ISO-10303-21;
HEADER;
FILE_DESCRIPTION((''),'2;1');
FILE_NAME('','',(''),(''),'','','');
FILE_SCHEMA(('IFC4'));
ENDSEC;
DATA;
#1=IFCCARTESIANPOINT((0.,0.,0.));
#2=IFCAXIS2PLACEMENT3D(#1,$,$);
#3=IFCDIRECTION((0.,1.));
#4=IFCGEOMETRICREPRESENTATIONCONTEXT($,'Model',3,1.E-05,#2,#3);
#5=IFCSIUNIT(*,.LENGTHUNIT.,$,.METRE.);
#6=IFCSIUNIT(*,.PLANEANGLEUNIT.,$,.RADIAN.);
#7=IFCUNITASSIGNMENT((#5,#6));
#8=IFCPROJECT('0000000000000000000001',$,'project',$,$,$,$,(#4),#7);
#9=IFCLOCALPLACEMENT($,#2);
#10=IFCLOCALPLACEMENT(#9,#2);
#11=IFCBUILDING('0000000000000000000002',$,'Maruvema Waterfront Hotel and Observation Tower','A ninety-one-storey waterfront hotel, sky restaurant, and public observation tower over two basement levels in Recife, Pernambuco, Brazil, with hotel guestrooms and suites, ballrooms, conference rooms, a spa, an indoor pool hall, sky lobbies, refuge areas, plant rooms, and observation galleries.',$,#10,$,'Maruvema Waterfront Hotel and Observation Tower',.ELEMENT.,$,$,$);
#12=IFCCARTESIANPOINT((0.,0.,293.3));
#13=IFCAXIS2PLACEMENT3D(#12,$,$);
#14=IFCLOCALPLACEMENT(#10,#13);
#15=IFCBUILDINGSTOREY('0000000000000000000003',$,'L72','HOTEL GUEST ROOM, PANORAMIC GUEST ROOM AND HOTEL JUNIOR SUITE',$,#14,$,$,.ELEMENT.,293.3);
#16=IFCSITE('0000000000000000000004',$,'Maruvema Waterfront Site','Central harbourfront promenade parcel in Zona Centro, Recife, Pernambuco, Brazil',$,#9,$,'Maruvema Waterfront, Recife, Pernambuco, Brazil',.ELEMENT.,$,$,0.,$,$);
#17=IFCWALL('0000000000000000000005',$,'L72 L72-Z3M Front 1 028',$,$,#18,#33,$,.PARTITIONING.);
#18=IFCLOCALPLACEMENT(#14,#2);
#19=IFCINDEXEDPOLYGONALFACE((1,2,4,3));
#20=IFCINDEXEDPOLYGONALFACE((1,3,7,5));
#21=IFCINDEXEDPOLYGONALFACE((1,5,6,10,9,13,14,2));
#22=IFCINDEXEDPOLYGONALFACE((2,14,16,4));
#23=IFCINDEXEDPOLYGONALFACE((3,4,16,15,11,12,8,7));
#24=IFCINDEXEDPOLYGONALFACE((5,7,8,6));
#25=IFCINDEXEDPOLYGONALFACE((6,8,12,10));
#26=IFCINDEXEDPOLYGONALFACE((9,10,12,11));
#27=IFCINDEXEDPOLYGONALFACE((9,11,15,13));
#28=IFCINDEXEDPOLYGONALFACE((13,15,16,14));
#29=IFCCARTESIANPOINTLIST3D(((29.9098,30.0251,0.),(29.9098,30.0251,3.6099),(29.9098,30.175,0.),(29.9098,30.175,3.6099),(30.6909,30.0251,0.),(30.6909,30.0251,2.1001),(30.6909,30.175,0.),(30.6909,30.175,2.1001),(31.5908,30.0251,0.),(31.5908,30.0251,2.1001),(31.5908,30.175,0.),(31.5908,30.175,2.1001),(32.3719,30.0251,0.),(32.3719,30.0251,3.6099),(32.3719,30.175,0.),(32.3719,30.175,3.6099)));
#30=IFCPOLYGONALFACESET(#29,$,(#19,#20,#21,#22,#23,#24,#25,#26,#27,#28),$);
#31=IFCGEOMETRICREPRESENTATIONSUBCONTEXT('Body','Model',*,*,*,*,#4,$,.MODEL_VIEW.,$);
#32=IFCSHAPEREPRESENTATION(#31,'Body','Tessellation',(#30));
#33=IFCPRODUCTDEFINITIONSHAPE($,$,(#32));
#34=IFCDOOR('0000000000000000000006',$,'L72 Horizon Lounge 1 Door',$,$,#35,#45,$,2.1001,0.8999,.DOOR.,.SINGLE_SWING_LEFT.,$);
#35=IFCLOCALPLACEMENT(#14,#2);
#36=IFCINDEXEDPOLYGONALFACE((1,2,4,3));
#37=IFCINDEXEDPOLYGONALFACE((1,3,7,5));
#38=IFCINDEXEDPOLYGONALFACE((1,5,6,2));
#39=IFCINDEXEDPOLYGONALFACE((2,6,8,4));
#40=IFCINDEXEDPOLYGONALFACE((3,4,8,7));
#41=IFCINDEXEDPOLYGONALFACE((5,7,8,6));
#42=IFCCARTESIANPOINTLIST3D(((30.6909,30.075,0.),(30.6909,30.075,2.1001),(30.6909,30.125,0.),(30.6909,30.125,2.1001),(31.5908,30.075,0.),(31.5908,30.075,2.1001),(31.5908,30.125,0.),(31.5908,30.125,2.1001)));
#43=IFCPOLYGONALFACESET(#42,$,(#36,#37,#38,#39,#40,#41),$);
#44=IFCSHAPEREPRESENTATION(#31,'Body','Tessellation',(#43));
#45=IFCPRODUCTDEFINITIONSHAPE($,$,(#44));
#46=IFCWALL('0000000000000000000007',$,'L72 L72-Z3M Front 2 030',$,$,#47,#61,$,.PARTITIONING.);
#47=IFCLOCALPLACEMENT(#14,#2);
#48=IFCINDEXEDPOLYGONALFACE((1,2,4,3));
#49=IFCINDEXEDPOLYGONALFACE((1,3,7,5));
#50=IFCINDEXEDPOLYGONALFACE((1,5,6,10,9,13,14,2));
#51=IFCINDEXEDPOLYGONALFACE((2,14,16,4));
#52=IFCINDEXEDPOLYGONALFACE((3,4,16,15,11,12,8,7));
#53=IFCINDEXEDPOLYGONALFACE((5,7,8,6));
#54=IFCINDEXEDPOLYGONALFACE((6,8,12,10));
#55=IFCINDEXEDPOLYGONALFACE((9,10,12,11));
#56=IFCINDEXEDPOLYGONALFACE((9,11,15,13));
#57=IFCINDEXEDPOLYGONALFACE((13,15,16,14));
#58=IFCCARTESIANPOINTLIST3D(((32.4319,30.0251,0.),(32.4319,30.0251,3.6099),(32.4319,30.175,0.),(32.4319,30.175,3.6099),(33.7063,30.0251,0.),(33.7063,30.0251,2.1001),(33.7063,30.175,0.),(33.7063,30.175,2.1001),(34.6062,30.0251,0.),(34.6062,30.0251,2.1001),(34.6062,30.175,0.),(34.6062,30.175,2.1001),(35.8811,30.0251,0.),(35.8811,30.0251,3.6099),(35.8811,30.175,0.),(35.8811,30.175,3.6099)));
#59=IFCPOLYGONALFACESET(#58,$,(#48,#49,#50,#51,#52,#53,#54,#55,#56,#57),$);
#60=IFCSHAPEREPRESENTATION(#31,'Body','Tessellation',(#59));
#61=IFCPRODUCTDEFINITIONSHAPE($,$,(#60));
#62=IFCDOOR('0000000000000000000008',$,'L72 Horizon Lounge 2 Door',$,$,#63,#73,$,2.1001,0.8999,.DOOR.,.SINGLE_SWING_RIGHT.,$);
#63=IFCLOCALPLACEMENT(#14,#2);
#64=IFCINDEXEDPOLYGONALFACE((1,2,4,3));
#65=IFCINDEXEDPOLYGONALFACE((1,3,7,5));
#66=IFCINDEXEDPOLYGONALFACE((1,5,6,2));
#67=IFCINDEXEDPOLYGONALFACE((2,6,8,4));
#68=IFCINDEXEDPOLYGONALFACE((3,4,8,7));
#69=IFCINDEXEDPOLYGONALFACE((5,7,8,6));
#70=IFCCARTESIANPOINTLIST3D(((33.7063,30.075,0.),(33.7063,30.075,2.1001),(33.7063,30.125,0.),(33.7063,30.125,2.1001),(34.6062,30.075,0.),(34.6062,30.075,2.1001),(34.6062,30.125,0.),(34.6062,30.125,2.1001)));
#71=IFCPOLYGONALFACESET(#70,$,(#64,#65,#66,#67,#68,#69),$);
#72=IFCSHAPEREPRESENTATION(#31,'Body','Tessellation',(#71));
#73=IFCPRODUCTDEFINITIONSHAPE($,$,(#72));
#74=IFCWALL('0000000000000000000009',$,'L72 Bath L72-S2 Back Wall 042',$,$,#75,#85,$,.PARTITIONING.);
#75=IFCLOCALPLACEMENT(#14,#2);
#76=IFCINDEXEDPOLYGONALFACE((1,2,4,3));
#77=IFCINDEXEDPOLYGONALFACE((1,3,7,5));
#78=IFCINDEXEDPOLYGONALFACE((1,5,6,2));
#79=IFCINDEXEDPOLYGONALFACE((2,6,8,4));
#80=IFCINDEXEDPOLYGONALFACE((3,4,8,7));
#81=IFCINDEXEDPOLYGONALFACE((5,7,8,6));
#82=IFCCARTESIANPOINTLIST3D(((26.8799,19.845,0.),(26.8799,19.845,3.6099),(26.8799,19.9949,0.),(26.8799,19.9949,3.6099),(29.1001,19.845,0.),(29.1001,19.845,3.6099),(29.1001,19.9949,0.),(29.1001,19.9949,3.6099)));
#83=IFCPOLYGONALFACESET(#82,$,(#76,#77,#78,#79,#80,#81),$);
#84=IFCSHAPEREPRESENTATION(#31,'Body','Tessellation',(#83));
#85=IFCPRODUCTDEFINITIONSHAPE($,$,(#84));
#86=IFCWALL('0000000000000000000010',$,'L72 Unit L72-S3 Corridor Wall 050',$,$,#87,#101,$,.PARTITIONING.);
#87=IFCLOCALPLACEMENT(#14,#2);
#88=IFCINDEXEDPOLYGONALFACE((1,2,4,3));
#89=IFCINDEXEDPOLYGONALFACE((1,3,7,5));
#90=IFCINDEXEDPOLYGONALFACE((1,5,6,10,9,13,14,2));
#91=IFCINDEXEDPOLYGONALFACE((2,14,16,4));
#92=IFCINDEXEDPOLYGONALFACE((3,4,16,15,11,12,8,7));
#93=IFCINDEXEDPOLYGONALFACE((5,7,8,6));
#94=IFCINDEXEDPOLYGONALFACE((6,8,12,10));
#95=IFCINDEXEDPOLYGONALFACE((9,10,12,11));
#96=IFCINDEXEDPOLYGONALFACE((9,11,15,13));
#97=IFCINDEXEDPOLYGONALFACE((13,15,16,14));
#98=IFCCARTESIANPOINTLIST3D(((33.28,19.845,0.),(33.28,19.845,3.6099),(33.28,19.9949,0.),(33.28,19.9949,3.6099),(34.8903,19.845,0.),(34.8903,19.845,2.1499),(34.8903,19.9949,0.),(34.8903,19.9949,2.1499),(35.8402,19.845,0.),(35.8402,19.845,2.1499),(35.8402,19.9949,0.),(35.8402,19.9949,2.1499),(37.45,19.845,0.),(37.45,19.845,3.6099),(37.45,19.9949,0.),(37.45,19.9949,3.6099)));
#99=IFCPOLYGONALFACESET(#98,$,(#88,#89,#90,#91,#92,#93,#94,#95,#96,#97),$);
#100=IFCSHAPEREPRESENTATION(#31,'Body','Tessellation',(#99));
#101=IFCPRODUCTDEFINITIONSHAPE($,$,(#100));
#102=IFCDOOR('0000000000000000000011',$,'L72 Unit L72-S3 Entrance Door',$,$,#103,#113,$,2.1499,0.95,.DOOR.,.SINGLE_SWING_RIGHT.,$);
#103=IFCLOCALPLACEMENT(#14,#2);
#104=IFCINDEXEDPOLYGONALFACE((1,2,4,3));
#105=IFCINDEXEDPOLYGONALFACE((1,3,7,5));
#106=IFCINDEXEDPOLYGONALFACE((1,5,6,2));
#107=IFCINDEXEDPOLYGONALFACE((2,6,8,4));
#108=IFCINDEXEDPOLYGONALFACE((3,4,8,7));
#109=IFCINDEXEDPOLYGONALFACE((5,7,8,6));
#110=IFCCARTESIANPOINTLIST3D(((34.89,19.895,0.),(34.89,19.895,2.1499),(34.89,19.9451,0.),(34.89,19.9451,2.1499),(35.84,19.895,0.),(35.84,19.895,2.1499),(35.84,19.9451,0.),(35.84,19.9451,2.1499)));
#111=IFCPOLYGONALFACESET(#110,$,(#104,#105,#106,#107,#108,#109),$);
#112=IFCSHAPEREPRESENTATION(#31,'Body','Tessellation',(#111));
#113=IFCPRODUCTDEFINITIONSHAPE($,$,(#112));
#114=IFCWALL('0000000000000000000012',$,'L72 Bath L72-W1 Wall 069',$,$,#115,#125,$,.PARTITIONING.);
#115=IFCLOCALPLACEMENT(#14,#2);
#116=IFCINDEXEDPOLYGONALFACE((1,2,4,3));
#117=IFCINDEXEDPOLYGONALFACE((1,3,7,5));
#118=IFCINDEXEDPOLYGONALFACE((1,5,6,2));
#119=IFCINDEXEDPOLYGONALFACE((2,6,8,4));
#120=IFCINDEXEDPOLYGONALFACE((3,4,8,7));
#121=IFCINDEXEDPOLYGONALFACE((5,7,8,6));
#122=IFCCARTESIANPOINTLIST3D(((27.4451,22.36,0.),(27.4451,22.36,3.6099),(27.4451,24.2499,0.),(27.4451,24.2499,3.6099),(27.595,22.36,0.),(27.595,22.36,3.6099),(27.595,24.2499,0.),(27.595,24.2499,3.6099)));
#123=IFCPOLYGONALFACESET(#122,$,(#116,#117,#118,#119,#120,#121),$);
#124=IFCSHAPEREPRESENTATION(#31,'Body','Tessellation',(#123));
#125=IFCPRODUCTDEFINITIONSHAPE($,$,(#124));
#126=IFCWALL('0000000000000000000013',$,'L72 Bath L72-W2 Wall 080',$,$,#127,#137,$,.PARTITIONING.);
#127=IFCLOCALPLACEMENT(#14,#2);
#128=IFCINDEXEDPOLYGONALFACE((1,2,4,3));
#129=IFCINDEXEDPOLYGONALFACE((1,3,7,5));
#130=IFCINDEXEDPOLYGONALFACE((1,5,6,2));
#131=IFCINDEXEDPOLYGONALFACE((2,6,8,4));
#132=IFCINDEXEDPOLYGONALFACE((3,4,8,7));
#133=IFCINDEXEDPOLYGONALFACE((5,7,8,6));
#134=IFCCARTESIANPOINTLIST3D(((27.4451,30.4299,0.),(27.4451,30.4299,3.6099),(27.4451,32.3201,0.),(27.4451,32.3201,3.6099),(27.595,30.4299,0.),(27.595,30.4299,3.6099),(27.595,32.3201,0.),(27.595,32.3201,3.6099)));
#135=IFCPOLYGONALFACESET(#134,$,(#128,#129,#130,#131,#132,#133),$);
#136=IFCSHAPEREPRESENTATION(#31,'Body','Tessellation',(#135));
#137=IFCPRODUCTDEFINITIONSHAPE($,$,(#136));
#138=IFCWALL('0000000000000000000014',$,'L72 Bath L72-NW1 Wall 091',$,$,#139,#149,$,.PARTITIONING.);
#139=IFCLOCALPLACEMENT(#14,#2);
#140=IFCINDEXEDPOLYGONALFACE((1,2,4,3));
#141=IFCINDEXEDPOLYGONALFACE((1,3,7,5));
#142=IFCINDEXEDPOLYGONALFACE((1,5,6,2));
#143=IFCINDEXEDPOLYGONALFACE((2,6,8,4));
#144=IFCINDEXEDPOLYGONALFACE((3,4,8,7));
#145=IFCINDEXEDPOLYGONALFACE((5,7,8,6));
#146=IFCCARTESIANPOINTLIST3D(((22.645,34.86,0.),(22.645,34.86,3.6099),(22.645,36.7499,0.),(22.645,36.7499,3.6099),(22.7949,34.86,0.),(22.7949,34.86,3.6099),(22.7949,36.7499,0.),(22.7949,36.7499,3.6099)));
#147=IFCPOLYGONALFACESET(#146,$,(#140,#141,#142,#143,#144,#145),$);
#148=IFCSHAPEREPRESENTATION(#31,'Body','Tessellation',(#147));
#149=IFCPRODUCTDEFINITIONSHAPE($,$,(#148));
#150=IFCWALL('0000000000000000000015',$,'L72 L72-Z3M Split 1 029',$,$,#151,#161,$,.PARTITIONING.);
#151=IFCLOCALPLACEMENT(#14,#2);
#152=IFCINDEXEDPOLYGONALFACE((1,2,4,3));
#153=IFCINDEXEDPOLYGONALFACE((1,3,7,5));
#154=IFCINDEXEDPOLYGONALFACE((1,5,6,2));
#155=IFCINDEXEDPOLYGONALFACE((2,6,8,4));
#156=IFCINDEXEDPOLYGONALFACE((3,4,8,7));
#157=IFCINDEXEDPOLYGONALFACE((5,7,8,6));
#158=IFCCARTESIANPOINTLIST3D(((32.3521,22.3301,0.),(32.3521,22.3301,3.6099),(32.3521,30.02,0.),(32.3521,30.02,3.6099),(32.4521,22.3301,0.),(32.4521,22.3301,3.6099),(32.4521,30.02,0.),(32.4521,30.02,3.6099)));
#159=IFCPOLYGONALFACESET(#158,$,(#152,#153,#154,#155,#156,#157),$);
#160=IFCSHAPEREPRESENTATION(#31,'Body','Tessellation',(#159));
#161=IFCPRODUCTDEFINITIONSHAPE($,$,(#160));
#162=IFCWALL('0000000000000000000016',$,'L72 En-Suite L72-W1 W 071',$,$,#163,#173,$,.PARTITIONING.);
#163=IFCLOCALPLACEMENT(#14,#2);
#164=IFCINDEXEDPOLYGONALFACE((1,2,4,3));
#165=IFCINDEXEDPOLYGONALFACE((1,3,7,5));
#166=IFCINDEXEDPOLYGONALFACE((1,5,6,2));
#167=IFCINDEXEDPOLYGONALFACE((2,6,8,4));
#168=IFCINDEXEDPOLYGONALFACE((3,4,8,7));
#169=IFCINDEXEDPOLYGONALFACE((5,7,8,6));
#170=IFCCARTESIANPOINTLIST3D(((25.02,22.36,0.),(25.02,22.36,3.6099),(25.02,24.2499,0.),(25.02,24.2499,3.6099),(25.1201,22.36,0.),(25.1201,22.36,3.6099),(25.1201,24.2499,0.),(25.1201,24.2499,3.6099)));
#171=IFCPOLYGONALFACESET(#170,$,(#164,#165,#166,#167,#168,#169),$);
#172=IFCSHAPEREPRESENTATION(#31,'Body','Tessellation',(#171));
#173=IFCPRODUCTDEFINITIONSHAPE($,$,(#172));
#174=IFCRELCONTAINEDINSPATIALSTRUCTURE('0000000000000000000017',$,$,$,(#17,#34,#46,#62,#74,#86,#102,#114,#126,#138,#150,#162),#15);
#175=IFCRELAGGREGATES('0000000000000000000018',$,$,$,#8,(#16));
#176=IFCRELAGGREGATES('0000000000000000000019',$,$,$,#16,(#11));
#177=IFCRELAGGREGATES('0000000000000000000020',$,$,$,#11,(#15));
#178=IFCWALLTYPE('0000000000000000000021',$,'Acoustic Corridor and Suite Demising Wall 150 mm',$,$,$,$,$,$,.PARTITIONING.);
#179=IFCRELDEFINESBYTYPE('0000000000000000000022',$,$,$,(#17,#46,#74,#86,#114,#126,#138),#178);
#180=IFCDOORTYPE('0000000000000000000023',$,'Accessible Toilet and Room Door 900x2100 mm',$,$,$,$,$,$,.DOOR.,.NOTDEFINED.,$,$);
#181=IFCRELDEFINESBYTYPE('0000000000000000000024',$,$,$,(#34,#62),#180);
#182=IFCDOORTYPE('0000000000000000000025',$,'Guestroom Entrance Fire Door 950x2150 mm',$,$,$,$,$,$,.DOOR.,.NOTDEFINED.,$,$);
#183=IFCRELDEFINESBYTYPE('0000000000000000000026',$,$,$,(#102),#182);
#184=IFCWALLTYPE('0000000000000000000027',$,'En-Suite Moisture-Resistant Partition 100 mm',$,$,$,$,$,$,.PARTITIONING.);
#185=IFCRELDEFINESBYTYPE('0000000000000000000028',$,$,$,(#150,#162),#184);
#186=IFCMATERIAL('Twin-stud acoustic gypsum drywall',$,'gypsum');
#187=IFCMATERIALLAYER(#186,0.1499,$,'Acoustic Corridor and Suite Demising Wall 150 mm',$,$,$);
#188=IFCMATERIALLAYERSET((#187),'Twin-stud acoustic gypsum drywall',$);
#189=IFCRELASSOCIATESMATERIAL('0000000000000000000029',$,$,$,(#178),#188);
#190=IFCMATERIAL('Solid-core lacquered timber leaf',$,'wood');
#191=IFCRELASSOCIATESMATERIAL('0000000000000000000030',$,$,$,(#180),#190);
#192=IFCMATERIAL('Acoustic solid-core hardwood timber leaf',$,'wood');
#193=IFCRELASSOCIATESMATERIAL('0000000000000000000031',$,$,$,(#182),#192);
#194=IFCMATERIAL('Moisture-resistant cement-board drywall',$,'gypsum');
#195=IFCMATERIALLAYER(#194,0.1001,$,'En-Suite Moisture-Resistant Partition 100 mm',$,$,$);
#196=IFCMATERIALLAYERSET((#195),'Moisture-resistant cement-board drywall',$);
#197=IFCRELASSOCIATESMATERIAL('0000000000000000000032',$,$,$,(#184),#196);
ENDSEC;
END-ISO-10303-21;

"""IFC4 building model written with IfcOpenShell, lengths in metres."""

from ifc_helpers import new_model, si_unit, direction, frame, frame_2d, origin, place, context, subcontext, project, spatial, rectangle, extrude, material, layer, layer_set, type_object, element, fill, save


model = new_model("IFC4")

# Units and contexts
model_context = context("Model", 3, precision=1e-05, world=origin(), true_north=direction((0.0, 1.0)))
body_context = subcontext(model_context, "Body", "Model", "MODEL_VIEW")
ifc_project = project(units=[si_unit("LENGTHUNIT", "METRE"), si_unit("PLANEANGLEUNIT", "RADIAN")], contexts=[model_context])

# Site, building, storey
site_placement = place(None, origin())
site = spatial("IfcSite", under=ifc_project, at=site_placement, Name="Maruvema Waterfront Site", Description="Central harbourfront promenade parcel in Zona Centro, Recife, Pernambuco, Brazil", LongName="Maruvema Waterfront, Recife, Pernambuco, Brazil", CompositionType="ELEMENT", RefElevation=0.0)
building_placement = place(site_placement, origin())
building = spatial("IfcBuilding", under=site, at=building_placement, Name="Maruvema Waterfront Hotel and Observation Tower", Description="A ninety-one-storey waterfront hotel, sky restaurant, and public observation tower over two basement levels in Recife, Pernambuco, Brazil, with hotel guestrooms and suites, ballrooms, conference rooms, a spa, an indoor pool hall, sky lobbies, refuge areas, plant rooms, and observation galleries.", LongName="Maruvema Waterfront Hotel and Observation Tower", CompositionType="ELEMENT")
storey_placement = place(building_placement, frame((0.0, 0.0, 293.3)))
storey = spatial("IfcBuildingStorey", under=building, at=storey_placement, Name="L72", Description="HOTEL GUEST ROOM, PANORAMIC GUEST ROOM AND HOTEL JUNIOR SUITE", CompositionType="ELEMENT", Elevation=293.3)

# Shared definitions
ifc_material_1 = material(Name="Twin-stud acoustic gypsum drywall", Category="gypsum")
ifc_layer_1 = layer(ifc_material_1, 0.1499, Name="Acoustic Corridor and Suite Demising Wall 150 mm")
ifc_layer_set_1 = layer_set([ifc_layer_1], Name="Twin-stud acoustic gypsum drywall")
wall_type_1 = type_object("IfcWallType", Name="Acoustic Corridor and Suite Demising Wall 150 mm", PredefinedType="PARTITIONING", material=ifc_layer_set_1)

# Walls, openings, doors
wall_1_placement = place(storey_placement, frame((29.9099, 30.1001, 0.0), z_axis=(0.0, 0.0, 1.0), x_axis=(1.0, 0.0, 0.0)))
wall_1 = element("IfcWall", 1, at=wall_1_placement, inside=storey, type_object=wall_type_1, Name="L72 L72-Z3M Front 1 028", PredefinedType="PARTITIONING", context=body_context, shape_type="SweptSolid", body=[
    extrude(rectangle(XDim=2.4622, YDim=0.1499, at=frame_2d((1.231, 0.0))), origin(), (0.0, 0.0, 1.0), 3.6099),
])
opening_1_placement = place(wall_1_placement, frame((0.781, 0.0, 0.0)))
opening_1 = element("IfcOpeningElement", 2, at=opening_1_placement, cuts=wall_1, PredefinedType="OPENING", context=body_context, shape_type="SweptSolid", body=[
    extrude(rectangle(XDim=0.8999, YDim=2.1001, at=frame_2d((0.45, 1.05))), frame((0.0, 0.085, 0.0), z_axis=(0.0, -1.0, 0.0), x_axis=(1.0, 0.0, 0.0)), (0.0, 0.0, 1.0), 0.1699),
])
ifc_material_2 = material(Name="Solid-core lacquered timber leaf", Category="wood")
door_type_1 = type_object("IfcDoorType", Name="Accessible Toilet and Room Door 900x2100 mm", OperationType="NOTDEFINED", PredefinedType="DOOR", material=ifc_material_2)
door_1_placement = place(opening_1_placement, origin())
door_1 = element("IfcDoor", 3, at=door_1_placement, inside=storey, type_object=door_type_1, Name="L72 Horizon Lounge 1 Door", OperationType="SINGLE_SWING_LEFT", OverallHeight=2.1001, OverallWidth=0.8999, PredefinedType="DOOR", context=body_context, shape_type="SweptSolid", body=[
    extrude(rectangle(XDim=0.8999, YDim=2.1001, at=frame_2d((0.45, 1.05))), frame((0.0, 0.0249, 0.0), z_axis=(0.0, -1.0, 0.0), x_axis=(1.0, 0.0, 0.0)), (0.0, 0.0, 1.0), 0.05),
])
fill(opening_1, door_1)
wall_2_placement = place(storey_placement, frame((32.4319, 30.1001, 0.0), z_axis=(0.0, 0.0, 1.0), x_axis=(1.0, 0.0, 0.0)))
wall_2 = element("IfcWall", 4, at=wall_2_placement, inside=storey, type_object=wall_type_1, Name="L72 L72-Z3M Front 2 030", PredefinedType="PARTITIONING", context=body_context, shape_type="SweptSolid", body=[
    extrude(rectangle(XDim=3.4492, YDim=0.1499, at=frame_2d((1.7246, 0.0))), origin(), (0.0, 0.0, 1.0), 3.6099),
])
opening_2_placement = place(wall_2_placement, frame((1.2744, 0.0, 0.0)))
opening_2 = element("IfcOpeningElement", 5, at=opening_2_placement, cuts=wall_2, PredefinedType="OPENING", context=body_context, shape_type="SweptSolid", body=[
    extrude(rectangle(XDim=0.8999, YDim=2.1001, at=frame_2d((0.45, 1.05))), frame((0.0, 0.085, 0.0), z_axis=(0.0, -1.0, 0.0), x_axis=(1.0, 0.0, 0.0)), (0.0, 0.0, 1.0), 0.1699),
])
door_2_placement = place(opening_2_placement, origin())
door_2 = element("IfcDoor", 6, at=door_2_placement, inside=storey, type_object=door_type_1, Name="L72 Horizon Lounge 2 Door", OperationType="SINGLE_SWING_RIGHT", OverallHeight=2.1001, OverallWidth=0.8999, PredefinedType="DOOR", context=body_context, shape_type="SweptSolid", body=[
    extrude(rectangle(XDim=0.8999, YDim=2.1001, at=frame_2d((0.45, 1.05))), frame((0.0, 0.0249, 0.0), z_axis=(0.0, -1.0, 0.0), x_axis=(1.0, 0.0, 0.0)), (0.0, 0.0, 1.0), 0.05),
])
fill(opening_2, door_2)
ifc_material_3 = material(Name="Acoustic solid-core hardwood timber leaf", Category="wood")
door_type_2 = type_object("IfcDoorType", Name="Guestroom Entrance Fire Door 950x2150 mm", OperationType="NOTDEFINED", PredefinedType="DOOR", material=ifc_material_3)

# Wall
wall_3_placement = place(storey_placement, frame((26.8799, 19.9199, 0.0), z_axis=(0.0, 0.0, 1.0), x_axis=(1.0, 0.0, 0.0)))
element("IfcWall", 7, at=wall_3_placement, inside=storey, type_object=wall_type_1, Name="L72 Bath L72-S2 Back Wall 042", PredefinedType="PARTITIONING", context=body_context, shape_type="SweptSolid", body=[
    extrude(rectangle(XDim=2.2202, YDim=0.1499, at=frame_2d((1.1101, 0.0))), origin(), (0.0, 0.0, 1.0), 3.6099),
])

# Wall, opening, door
wall_4_placement = place(storey_placement, frame((33.28, 19.9199, 0.0), z_axis=(0.0, 0.0, 1.0), x_axis=(1.0, 0.0, 0.0)))
wall_4 = element("IfcWall", 8, at=wall_4_placement, inside=storey, type_object=wall_type_1, Name="L72 Unit L72-S3 Corridor Wall 050", PredefinedType="PARTITIONING", context=body_context, shape_type="SweptSolid", body=[
    extrude(rectangle(XDim=4.1699, YDim=0.1499, at=frame_2d((2.085, 0.0))), origin(), (0.0, 0.0, 1.0), 3.6099),
])
opening_3_placement = place(wall_4_placement, frame((1.6101, 0.0, 0.0)))
opening_3 = element("IfcOpeningElement", 9, at=opening_3_placement, cuts=wall_4, PredefinedType="OPENING", context=body_context, shape_type="SweptSolid", body=[
    extrude(rectangle(XDim=0.95, YDim=2.1499, at=frame_2d((0.4751, 1.075))), frame((0.0, 0.085, 0.0), z_axis=(0.0, -1.0, 0.0), x_axis=(1.0, 0.0, 0.0)), (0.0, 0.0, 1.0), 0.1699),
])
door_3_placement = place(opening_3_placement, frame((0.95, 0.0, 0.0), z_axis=(0.0, 0.0, 1.0), x_axis=(-1.0, 0.0, 0.0)))
door_3 = element("IfcDoor", 10, at=door_3_placement, inside=storey, type_object=door_type_2, Name="L72 Unit L72-S3 Entrance Door", OperationType="SINGLE_SWING_RIGHT", OverallHeight=2.1499, OverallWidth=0.95, PredefinedType="DOOR", context=body_context, shape_type="SweptSolid", body=[
    extrude(rectangle(XDim=0.95, YDim=2.1499, at=frame_2d((0.4751, 1.075))), frame((0.0, 0.0249, 0.0), z_axis=(0.0, -1.0, 0.0), x_axis=(1.0, 0.0, 0.0)), (0.0, 0.0, 1.0), 0.05),
])
fill(opening_3, door_3)

# Wall
wall_5_placement = place(storey_placement, frame((27.52, 22.3601, 0.0), z_axis=(0.0, 0.0, 1.0), x_axis=(0.0, 1.0, 0.0)))
element("IfcWall", 11, at=wall_5_placement, inside=storey, type_object=wall_type_1, Name="L72 Bath L72-W1 Wall 069", PredefinedType="PARTITIONING", context=body_context, shape_type="SweptSolid", body=[
    extrude(rectangle(XDim=1.8899, YDim=0.1499, at=frame_2d((0.9448, 0.0))), origin(), (0.0, 0.0, 1.0), 3.6099),
])

# Walls
wall_6_placement = place(storey_placement, frame((27.52, 30.4299, 0.0), z_axis=(0.0, 0.0, 1.0), x_axis=(0.0, 1.0, 0.0)))
element("IfcWall", 12, at=wall_6_placement, inside=storey, type_object=wall_type_1, Name="L72 Bath L72-W2 Wall 080", PredefinedType="PARTITIONING", context=body_context, shape_type="SweptSolid", body=[
    extrude(rectangle(XDim=1.8901, YDim=0.1499, at=frame_2d((0.9451, 0.0))), origin(), (0.0, 0.0, 1.0), 3.6099),
])
wall_7_placement = place(storey_placement, frame((22.72, 34.8601, 0.0), z_axis=(0.0, 0.0, 1.0), x_axis=(0.0, 1.0, 0.0)))
element("IfcWall", 13, at=wall_7_placement, inside=storey, type_object=wall_type_1, Name="L72 Bath L72-NW1 Wall 091", PredefinedType="PARTITIONING", context=body_context, shape_type="SweptSolid", body=[
    extrude(rectangle(XDim=1.8899, YDim=0.1499, at=frame_2d((0.9448, 0.0))), origin(), (0.0, 0.0, 1.0), 3.6099),
])
ifc_material_4 = material(Name="Moisture-resistant cement-board drywall", Category="gypsum")
ifc_layer_2 = layer(ifc_material_4, 0.1001, Name="En-Suite Moisture-Resistant Partition 100 mm")
ifc_layer_set_2 = layer_set([ifc_layer_2], Name="Moisture-resistant cement-board drywall")
wall_type_2 = type_object("IfcWallType", Name="En-Suite Moisture-Resistant Partition 100 mm", PredefinedType="PARTITIONING", material=ifc_layer_set_2)
wall_8_placement = place(storey_placement, frame((32.4021, 22.3301, 0.0), z_axis=(0.0, 0.0, 1.0), x_axis=(0.0, 1.0, 0.0)))
element("IfcWall", 14, at=wall_8_placement, inside=storey, type_object=wall_type_2, Name="L72 L72-Z3M Split 1 029", PredefinedType="PARTITIONING", context=body_context, shape_type="SweptSolid", body=[
    extrude(rectangle(XDim=7.6899, YDim=0.1001, at=frame_2d((3.845, 0.0))), origin(), (0.0, 0.0, 1.0), 3.6099),
])
wall_9_placement = place(storey_placement, frame((25.0701, 22.3601, 0.0), z_axis=(0.0, 0.0, 1.0), x_axis=(0.0, 1.0, 0.0)))
element("IfcWall", 15, at=wall_9_placement, inside=storey, type_object=wall_type_2, Name="L72 En-Suite L72-W1 W 071", PredefinedType="PARTITIONING", context=body_context, shape_type="SweptSolid", body=[
    extrude(rectangle(XDim=1.8899, YDim=0.1001, at=frame_2d((0.9448, 0.0))), origin(), (0.0, 0.0, 1.0), 3.6099),
])

save(model, "model.ifc")
